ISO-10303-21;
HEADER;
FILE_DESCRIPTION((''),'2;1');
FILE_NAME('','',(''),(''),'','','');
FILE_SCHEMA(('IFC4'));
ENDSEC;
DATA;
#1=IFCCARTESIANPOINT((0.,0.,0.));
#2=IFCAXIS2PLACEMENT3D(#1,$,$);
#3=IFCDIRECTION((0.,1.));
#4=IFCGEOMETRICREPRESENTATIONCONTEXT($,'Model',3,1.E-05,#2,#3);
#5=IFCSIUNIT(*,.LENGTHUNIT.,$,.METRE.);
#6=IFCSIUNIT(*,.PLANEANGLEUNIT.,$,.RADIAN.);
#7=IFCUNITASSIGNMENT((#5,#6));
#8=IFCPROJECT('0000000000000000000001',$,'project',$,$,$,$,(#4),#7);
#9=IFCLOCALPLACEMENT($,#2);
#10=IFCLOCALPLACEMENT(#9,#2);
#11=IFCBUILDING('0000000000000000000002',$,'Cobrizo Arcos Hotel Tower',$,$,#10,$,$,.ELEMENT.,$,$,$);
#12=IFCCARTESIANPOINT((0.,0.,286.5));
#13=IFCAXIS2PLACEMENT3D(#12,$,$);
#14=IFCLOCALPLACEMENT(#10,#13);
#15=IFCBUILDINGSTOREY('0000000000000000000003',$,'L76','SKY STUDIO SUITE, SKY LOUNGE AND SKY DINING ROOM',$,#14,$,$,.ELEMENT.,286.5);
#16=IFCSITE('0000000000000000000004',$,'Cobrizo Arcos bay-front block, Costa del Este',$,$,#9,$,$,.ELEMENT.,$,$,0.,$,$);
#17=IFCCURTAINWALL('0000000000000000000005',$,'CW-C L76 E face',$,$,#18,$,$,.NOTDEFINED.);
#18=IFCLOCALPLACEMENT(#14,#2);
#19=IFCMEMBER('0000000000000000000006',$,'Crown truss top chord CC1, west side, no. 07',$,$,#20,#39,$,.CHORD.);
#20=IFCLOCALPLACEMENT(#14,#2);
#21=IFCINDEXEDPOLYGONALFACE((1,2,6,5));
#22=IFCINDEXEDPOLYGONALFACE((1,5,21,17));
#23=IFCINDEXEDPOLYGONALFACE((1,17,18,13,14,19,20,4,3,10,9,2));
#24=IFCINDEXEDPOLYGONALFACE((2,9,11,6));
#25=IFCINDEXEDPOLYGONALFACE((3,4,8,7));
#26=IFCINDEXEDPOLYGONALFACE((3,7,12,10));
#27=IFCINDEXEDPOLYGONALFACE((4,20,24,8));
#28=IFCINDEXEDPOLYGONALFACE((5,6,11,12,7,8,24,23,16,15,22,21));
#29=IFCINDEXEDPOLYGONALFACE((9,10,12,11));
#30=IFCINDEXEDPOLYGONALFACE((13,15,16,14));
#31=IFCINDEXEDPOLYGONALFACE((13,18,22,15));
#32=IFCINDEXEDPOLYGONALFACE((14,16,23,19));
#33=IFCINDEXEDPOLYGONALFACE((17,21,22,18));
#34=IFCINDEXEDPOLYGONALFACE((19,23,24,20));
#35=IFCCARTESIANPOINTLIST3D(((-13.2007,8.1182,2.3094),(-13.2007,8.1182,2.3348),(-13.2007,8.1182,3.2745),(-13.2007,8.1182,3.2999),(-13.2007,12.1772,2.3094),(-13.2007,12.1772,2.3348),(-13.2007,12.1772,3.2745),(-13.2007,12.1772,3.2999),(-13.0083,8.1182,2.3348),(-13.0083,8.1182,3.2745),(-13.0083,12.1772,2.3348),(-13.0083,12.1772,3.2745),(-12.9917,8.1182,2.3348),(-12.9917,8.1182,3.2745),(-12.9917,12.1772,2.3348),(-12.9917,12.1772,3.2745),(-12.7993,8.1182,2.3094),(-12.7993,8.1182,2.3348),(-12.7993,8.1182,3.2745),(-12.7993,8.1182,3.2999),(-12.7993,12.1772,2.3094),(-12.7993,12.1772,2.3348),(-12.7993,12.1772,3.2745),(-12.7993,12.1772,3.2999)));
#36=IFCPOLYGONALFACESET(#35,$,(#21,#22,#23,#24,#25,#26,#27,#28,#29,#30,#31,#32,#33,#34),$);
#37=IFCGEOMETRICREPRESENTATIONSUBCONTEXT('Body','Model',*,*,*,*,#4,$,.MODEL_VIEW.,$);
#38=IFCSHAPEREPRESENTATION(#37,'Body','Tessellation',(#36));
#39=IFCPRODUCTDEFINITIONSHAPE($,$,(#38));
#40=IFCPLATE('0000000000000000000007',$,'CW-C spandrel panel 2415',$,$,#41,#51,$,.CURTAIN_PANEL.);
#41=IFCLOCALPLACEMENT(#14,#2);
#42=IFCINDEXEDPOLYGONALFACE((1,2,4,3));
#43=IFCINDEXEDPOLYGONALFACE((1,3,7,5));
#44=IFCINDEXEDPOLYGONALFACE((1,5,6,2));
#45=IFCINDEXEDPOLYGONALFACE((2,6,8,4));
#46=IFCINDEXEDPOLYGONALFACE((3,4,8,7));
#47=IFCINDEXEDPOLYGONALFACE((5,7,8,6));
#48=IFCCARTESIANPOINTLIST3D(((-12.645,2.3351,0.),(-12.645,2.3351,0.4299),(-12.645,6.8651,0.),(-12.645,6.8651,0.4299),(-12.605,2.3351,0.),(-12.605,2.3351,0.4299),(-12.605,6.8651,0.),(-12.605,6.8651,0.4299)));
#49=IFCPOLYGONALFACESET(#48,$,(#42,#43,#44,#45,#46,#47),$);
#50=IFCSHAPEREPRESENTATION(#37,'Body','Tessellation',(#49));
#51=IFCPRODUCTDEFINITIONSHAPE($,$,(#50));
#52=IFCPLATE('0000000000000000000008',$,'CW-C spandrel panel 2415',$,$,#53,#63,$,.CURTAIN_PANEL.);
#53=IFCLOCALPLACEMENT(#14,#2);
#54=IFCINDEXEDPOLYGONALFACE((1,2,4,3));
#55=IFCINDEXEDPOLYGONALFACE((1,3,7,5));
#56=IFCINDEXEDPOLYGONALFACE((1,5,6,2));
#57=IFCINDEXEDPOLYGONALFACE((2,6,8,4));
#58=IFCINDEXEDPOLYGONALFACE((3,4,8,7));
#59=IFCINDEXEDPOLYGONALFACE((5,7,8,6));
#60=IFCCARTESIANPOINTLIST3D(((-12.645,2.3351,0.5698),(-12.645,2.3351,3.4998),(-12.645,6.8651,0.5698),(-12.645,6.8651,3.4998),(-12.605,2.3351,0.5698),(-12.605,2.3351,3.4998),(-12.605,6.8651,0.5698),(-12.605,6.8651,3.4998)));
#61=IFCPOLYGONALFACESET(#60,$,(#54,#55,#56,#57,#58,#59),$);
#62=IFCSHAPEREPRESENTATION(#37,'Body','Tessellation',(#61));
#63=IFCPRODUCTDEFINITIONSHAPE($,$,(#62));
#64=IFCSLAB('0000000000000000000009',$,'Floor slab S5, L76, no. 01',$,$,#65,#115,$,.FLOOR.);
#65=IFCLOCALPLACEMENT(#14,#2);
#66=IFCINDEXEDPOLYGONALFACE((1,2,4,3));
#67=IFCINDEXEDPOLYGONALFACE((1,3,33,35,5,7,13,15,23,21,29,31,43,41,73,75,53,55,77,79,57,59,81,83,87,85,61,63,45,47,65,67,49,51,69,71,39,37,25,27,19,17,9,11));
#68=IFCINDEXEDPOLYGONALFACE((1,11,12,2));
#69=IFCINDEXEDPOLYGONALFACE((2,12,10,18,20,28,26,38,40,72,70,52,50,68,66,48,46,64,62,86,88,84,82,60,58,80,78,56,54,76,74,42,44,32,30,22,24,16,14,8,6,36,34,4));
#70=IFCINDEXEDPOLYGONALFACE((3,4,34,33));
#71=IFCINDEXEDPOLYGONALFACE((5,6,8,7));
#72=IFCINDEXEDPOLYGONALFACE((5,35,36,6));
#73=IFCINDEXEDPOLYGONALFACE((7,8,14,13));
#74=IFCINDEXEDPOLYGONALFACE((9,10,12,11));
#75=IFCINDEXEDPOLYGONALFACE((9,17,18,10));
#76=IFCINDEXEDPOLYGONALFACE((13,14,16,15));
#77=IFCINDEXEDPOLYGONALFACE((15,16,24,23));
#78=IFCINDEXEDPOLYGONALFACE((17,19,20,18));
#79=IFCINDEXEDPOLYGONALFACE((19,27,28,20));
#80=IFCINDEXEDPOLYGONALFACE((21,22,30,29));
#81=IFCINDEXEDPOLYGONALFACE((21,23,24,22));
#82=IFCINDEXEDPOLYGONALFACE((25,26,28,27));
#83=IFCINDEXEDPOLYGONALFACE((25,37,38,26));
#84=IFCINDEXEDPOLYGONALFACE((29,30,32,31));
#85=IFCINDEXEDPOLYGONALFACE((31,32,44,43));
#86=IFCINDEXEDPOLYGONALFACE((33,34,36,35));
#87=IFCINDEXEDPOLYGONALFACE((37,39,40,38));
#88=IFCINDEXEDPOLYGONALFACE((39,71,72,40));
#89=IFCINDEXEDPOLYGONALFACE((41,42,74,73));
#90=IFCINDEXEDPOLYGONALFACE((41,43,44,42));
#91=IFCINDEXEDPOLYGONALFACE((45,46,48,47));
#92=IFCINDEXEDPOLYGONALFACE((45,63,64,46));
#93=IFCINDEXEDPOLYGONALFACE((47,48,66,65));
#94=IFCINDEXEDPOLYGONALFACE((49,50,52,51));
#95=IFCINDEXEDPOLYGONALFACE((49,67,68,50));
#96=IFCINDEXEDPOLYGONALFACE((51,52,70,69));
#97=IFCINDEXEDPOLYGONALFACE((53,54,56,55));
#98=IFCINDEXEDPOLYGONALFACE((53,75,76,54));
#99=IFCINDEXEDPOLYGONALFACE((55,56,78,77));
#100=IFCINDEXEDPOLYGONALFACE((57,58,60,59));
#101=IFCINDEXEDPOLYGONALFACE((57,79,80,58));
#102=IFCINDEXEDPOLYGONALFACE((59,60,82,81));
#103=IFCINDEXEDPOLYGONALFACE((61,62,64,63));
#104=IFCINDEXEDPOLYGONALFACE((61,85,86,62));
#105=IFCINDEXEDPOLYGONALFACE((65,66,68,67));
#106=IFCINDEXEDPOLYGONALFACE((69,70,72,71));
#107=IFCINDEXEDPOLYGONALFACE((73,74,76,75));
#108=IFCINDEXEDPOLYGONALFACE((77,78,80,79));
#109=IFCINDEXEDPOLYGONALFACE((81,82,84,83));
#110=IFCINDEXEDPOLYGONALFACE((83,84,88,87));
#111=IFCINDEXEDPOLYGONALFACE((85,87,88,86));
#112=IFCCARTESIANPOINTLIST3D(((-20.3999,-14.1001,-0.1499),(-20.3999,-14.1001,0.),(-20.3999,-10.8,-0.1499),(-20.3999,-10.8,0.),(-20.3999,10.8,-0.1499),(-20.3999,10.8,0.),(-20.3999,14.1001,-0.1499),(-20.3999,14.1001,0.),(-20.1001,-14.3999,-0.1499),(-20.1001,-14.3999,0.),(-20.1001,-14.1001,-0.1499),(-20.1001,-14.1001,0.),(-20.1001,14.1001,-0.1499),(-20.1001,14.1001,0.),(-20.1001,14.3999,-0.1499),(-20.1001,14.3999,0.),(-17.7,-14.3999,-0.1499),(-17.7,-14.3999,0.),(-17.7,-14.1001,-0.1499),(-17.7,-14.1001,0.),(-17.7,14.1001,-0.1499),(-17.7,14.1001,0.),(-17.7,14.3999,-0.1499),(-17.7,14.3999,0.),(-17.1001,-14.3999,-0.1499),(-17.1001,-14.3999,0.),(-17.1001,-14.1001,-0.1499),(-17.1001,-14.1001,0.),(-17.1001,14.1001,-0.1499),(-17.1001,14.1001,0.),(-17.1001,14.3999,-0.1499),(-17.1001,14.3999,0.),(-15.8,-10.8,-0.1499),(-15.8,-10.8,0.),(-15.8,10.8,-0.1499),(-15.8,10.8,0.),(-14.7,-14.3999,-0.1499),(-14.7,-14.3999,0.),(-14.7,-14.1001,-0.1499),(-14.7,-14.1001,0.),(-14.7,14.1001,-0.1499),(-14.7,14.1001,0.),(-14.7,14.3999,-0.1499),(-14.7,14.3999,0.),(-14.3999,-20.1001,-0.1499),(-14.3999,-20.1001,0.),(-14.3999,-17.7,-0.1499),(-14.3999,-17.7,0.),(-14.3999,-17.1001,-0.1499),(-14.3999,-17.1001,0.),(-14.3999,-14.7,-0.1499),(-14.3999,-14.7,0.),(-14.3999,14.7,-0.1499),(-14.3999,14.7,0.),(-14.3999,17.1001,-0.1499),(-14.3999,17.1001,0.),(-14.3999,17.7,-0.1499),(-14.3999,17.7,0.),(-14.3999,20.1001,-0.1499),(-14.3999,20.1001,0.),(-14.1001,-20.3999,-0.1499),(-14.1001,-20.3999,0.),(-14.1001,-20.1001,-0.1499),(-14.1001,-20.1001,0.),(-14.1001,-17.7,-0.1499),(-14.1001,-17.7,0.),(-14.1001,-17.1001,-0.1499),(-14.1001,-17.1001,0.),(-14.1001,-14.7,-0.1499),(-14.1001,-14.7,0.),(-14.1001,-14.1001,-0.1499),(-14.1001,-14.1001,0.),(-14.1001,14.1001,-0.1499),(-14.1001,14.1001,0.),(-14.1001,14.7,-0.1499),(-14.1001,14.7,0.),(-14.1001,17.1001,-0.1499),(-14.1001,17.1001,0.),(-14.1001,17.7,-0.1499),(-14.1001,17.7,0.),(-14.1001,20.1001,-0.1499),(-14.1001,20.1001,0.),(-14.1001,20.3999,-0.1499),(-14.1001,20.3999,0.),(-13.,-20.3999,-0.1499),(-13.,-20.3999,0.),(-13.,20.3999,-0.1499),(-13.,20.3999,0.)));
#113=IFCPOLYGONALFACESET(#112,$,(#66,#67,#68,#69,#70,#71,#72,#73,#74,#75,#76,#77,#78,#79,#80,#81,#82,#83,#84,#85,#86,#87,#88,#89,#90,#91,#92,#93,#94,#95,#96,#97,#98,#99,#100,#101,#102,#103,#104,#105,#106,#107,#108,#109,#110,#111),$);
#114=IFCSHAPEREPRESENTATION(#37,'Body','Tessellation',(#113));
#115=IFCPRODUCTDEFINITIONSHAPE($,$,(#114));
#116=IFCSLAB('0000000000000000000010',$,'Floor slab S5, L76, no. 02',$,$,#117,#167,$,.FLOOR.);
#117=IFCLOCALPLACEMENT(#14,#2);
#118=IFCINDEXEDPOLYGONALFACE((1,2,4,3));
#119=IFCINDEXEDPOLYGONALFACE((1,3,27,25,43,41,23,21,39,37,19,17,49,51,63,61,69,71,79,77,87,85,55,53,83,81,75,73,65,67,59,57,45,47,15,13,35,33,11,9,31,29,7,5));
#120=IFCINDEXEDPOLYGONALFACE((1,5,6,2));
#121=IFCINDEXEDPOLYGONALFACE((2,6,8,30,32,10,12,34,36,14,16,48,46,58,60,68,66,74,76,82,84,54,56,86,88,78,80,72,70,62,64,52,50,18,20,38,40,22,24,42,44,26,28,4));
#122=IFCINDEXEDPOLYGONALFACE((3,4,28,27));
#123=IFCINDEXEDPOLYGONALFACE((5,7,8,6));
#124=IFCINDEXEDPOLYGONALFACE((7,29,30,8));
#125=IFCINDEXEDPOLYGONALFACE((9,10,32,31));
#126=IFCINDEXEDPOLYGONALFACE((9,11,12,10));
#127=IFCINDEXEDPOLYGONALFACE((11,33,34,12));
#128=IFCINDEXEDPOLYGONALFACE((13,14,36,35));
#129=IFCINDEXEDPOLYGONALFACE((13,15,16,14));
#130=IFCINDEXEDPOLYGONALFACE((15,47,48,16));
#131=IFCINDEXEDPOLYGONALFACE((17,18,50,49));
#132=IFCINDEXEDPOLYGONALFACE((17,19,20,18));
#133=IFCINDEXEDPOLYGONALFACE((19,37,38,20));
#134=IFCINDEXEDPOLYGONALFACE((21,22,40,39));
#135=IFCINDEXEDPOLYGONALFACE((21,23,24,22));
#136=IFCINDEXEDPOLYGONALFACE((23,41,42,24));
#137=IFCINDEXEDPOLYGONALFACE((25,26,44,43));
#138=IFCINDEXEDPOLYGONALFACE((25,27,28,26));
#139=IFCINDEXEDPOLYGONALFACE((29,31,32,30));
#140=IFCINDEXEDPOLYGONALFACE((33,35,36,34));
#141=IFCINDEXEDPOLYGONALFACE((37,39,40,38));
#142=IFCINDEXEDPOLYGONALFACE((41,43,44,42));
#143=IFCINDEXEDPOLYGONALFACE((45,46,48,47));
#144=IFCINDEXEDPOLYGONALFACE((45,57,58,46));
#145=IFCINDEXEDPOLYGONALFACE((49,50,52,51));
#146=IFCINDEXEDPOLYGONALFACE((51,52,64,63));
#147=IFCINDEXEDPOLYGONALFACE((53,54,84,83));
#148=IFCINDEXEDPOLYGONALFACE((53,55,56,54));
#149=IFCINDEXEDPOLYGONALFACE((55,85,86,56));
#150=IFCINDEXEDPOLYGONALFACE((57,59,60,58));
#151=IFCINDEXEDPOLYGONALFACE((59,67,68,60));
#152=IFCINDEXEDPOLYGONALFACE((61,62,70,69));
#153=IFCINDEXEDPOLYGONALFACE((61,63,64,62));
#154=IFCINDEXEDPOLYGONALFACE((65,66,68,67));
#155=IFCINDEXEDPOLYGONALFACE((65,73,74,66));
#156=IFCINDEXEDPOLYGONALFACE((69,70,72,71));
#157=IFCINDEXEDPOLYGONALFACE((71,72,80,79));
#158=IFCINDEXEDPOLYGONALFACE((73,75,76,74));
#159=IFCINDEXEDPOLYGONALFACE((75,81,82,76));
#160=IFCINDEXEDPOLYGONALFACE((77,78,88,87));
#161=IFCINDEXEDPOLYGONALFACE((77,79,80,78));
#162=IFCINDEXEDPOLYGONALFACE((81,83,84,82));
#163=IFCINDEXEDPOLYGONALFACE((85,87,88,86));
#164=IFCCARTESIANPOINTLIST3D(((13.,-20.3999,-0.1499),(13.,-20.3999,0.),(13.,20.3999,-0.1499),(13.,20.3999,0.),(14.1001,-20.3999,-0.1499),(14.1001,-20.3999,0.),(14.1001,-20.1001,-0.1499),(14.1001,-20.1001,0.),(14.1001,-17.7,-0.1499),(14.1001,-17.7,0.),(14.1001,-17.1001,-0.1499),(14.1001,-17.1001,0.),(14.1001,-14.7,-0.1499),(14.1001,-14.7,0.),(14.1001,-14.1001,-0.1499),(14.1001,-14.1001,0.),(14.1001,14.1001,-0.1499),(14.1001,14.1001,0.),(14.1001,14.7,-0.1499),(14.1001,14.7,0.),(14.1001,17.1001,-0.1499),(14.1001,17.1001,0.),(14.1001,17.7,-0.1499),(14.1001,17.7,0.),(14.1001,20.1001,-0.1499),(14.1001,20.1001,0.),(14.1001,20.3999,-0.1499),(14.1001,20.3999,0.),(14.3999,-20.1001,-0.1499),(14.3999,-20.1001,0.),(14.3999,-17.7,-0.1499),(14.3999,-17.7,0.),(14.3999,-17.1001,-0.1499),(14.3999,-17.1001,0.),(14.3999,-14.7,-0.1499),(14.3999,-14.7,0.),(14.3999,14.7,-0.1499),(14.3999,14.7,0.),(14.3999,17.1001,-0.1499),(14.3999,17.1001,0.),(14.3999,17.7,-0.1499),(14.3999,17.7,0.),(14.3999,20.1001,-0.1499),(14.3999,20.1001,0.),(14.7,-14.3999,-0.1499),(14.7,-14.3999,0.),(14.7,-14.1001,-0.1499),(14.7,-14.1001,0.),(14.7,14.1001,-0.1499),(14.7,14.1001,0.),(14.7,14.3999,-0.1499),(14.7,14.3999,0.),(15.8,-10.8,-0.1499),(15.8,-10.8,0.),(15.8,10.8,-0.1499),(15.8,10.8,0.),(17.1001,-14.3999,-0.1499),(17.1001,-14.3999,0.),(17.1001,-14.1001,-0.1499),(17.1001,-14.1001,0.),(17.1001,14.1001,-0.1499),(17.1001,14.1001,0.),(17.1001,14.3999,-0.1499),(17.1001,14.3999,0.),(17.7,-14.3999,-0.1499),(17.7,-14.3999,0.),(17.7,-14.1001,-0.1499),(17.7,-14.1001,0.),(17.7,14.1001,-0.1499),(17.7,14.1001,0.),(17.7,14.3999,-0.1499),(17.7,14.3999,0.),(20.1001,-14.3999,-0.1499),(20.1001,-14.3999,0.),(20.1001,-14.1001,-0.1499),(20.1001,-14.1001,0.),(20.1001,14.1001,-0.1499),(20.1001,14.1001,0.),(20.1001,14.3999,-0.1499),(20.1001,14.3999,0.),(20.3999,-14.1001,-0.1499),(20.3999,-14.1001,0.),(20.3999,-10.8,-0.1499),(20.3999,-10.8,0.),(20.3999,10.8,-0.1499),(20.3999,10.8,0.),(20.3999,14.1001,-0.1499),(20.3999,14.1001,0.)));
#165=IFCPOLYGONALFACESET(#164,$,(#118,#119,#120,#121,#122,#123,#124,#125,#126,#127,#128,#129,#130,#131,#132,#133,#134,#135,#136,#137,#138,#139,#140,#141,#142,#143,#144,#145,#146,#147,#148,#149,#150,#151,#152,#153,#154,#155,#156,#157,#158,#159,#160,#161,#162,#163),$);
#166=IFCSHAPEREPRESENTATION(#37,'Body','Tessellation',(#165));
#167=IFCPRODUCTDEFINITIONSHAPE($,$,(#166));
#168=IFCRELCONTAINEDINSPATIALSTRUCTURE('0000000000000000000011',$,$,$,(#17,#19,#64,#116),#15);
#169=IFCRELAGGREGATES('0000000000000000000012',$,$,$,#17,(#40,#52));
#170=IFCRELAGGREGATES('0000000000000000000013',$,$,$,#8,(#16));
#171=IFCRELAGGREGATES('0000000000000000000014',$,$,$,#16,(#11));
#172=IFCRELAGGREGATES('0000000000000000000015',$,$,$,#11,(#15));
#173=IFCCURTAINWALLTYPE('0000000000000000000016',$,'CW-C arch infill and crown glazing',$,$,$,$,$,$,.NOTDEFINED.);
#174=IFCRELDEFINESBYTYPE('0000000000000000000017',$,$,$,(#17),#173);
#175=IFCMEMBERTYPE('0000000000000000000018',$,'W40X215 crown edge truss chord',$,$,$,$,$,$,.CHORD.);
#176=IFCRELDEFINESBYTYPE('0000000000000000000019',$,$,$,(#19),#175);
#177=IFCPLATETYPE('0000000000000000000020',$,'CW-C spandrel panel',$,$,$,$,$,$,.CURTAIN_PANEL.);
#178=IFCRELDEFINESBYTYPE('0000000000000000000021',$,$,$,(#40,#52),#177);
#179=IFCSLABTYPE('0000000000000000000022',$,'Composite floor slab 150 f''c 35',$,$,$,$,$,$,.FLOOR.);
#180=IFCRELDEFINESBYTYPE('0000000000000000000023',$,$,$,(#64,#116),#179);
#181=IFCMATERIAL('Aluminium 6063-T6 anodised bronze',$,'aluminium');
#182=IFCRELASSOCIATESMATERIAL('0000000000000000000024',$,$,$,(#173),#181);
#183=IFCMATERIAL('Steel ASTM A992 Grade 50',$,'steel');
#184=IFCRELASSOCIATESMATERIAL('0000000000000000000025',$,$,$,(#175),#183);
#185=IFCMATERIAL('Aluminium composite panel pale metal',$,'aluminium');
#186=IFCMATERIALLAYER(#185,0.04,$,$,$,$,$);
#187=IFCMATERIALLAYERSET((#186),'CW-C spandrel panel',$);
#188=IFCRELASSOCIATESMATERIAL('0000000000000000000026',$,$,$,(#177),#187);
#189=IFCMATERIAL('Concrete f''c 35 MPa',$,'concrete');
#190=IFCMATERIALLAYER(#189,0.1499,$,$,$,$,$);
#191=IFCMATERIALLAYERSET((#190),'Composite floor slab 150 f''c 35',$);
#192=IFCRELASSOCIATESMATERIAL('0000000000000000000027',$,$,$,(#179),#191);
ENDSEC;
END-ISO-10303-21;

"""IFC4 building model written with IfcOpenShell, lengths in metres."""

from ifc_helpers import new_model, si_unit, direction, frame, origin, origin_2d, place, context, subcontext, project, spatial, polyline, rectangle, i_section, outline, extrude, material, layer, layer_set, material_profile, profile_set, type_object, element, aggregate, save


model = new_model("IFC4")

# Units and contexts
model_context = context("Model", 3, precision=1e-05, world=origin(), true_north=direction((0.0, 1.0)))
body_context = subcontext(model_context, "Body", "Model", "MODEL_VIEW")
ifc_project = project(units=[si_unit("LENGTHUNIT", "METRE"), si_unit("PLANEANGLEUNIT", "RADIAN")], contexts=[model_context])

# Site, building, storey
site_placement = place(None, origin())
site = spatial("IfcSite", under=ifc_project, at=site_placement, Name="Cobrizo Arcos bay-front block, Costa del Este", CompositionType="ELEMENT", RefElevation=0.0)
building_placement = place(site_placement, origin())
building = spatial("IfcBuilding", under=site, at=building_placement, Name="Cobrizo Arcos Hotel Tower", CompositionType="ELEMENT")
storey_placement = place(building_placement, frame((0.0, 0.0, 286.5)))
storey = spatial("IfcBuildingStorey", under=building, at=storey_placement, Name="L76", Description="SKY STUDIO SUITE, SKY LOUNGE AND SKY DINING ROOM", CompositionType="ELEMENT", Elevation=286.5)

# Curtain wall
ifc_material_1 = material(Name="Aluminium 6063-T6 anodised bronze", Category="aluminium")
curtain_wall_type = type_object("IfcCurtainWallType", Name="CW-C arch infill and crown glazing", PredefinedType="NOTDEFINED", material=ifc_material_1)
curtain_wall_placement = place(storey_placement, origin())
curtain_wall = element("IfcCurtainWall", 1, at=curtain_wall_placement, inside=storey, type_object=curtain_wall_type, Name="CW-C L76 E face", PredefinedType="NOTDEFINED")

# Member
ifc_material_2 = material(Name="Steel ASTM A992 Grade 50", Category="steel")
ifc_material_profile_1 = material_profile(ifc_material_2, i_section(OverallWidth=0.4014, OverallDepth=0.9905, WebThickness=0.0166, FlangeThickness=0.0254, at=origin_2d()), Name="W40X215")
ifc_profile_set_1 = profile_set([ifc_material_profile_1], Name="Steel ASTM A992 Grade 50")
member_type_1 = type_object("IfcMemberType", Name="W40X215 crown edge truss chord", PredefinedType="CHORD", material=ifc_profile_set_1)
member_1_placement = place(storey_placement, frame((-13.0, 8.1182, 2.8047), z_axis=(0.0, 1.0, 0.0), x_axis=(-1.0, 0.0, 0.0)))
element("IfcMember", 2, at=member_1_placement, inside=storey, type_object=member_type_1, Name="Crown truss top chord CC1, west side, no. 07", PredefinedType="CHORD", context=body_context, shape_type="SweptSolid", body=[
    extrude(i_section(OverallWidth=0.4014, OverallDepth=0.9905, WebThickness=0.0166, FlangeThickness=0.0254, at=origin_2d()), origin(), (0.0, 0.0, 1.0), 4.0591),
])

# Plates
ifc_material_3 = material(Name="Aluminium composite panel pale metal", Category="aluminium")
ifc_layer_1 = layer(ifc_material_3, 0.04)
ifc_layer_set_1 = layer_set([ifc_layer_1], Name="CW-C spandrel panel")
plate_type = type_object("IfcPlateType", Name="CW-C spandrel panel", PredefinedType="CURTAIN_PANEL", material=ifc_layer_set_1)
plate_1_placement = place(storey_placement, frame((-12.625, 4.6001, 0.0), z_axis=(0.0, 0.0, 1.0), x_axis=(0.0, 1.0, 0.0)))
plate_1 = element("IfcPlate", 3, at=plate_1_placement, type_object=plate_type, Name="CW-C spandrel panel 2415", PredefinedType="CURTAIN_PANEL", context=body_context, shape_type="SweptSolid", body=[
    extrude(rectangle(XDim=4.53, YDim=0.04, at=origin_2d()), origin(), (0.0, 0.0, 1.0), 0.4299),
])
plate_2_placement = place(storey_placement, frame((-12.625, 4.6001, 0.5698), z_axis=(0.0, 0.0, 1.0), x_axis=(0.0, 1.0, 0.0)))
plate_2 = element("IfcPlate", 4, at=plate_2_placement, type_object=plate_type, Name="CW-C spandrel panel 2415", PredefinedType="CURTAIN_PANEL", context=body_context, shape_type="SweptSolid", body=[
    extrude(rectangle(XDim=4.53, YDim=0.04, at=origin_2d()), origin(), (0.0, 0.0, 1.0), 2.9299),
])
aggregate(curtain_wall, [plate_1, plate_2])

# Slabs
ifc_material_4 = material(Name="Concrete f'c 35 MPa", Category="concrete")
ifc_layer_2 = layer(ifc_material_4, 0.1499)
ifc_layer_set_2 = layer_set([ifc_layer_2], Name="Composite floor slab 150 f'c 35")
slab_type_1 = type_object("IfcSlabType", Name="Composite floor slab 150 f'c 35", PredefinedType="FLOOR", material=ifc_layer_set_2)
slab_1_placement = place(storey_placement, frame((0.0, 0.0, -0.1499)))
element("IfcSlab", 5, at=slab_1_placement, inside=storey, type_object=slab_type_1, Name="Floor slab S5, L76, no. 01", PredefinedType="FLOOR", context=body_context, shape_type="SweptSolid", body=[
    extrude(outline(polyline([(-14.3999, -17.7), (-14.1001, -17.7), (-14.1001, -17.1001), (-14.3999, -17.1001), (-14.3999, -14.7), (-14.1001, -14.7), (-14.1001, -14.1001), (-14.7, -14.1001), (-14.7, -14.3999), (-17.1001, -14.3999), (-17.1001, -14.1001), (-17.7, -14.1001), (-17.7, -14.3999), (-20.1001, -14.3999), (-20.1001, -14.1001), (-20.3999, -14.1001), (-20.3999, -10.8), (-15.8, -10.8), (-15.8, 10.8), (-20.3999, 10.8), (-20.3999, 14.1001), (-20.1001, 14.1001), (-20.1001, 14.3999), (-17.7, 14.3999), (-17.7, 14.1001), (-17.1001, 14.1001), (-17.1001, 14.3999), (-14.7, 14.3999), (-14.7, 14.1001), (-14.1001, 14.1001), (-14.1001, 14.7), (-14.3999, 14.7), (-14.3999, 17.1001), (-14.1001, 17.1001), (-14.1001, 17.7), (-14.3999, 17.7), (-14.3999, 20.1001), (-14.1001, 20.1001), (-14.1001, 20.3999), (-13.0, 20.3999), (-13.0, -20.3999), (-14.1001, -20.3999), (-14.1001, -20.1001), (-14.3999, -20.1001), (-14.3999, -17.7)])), origin(), (0.0, 0.0, 1.0), 0.1499),
])
slab_2_placement = place(storey_placement, frame((0.0, 0.0, -0.1499)))
element("IfcSlab", 6, at=slab_2_placement, inside=storey, type_object=slab_type_1, Name="Floor slab S5, L76, no. 02", PredefinedType="FLOOR", context=body_context, shape_type="SweptSolid", body=[
    extrude(outline(polyline([(14.3999, 17.7), (14.1001, 17.7), (14.1001, 17.1001), (14.3999, 17.1001), (14.3999, 14.7), (14.1001, 14.7), (14.1001, 14.1001), (14.7, 14.1001), (14.7, 14.3999), (17.1001, 14.3999), (17.1001, 14.1001), (17.7, 14.1001), (17.7, 14.3999), (20.1001, 14.3999), (20.1001, 14.1001), (20.3999, 14.1001), (20.3999, 10.8), (15.8, 10.8), (15.8, -10.8), (20.3999, -10.8), (20.3999, -14.1001), (20.1001, -14.1001), (20.1001, -14.3999), (17.7, -14.3999), (17.7, -14.1001), (17.1001, -14.1001), (17.1001, -14.3999), (14.7, -14.3999), (14.7, -14.1001), (14.1001, -14.1001), (14.1001, -14.7), (14.3999, -14.7), (14.3999, -17.1001), (14.1001, -17.1001), (14.1001, -17.7), (14.3999, -17.7), (14.3999, -20.1001), (14.1001, -20.1001), (14.1001, -20.3999), (13.0, -20.3999), (13.0, 20.3999), (14.1001, 20.3999), (14.1001, 20.1001), (14.3999, 20.1001), (14.3999, 17.7)])), origin(), (0.0, 0.0, 1.0), 0.1499),
])

save(model, "model.ifc")
